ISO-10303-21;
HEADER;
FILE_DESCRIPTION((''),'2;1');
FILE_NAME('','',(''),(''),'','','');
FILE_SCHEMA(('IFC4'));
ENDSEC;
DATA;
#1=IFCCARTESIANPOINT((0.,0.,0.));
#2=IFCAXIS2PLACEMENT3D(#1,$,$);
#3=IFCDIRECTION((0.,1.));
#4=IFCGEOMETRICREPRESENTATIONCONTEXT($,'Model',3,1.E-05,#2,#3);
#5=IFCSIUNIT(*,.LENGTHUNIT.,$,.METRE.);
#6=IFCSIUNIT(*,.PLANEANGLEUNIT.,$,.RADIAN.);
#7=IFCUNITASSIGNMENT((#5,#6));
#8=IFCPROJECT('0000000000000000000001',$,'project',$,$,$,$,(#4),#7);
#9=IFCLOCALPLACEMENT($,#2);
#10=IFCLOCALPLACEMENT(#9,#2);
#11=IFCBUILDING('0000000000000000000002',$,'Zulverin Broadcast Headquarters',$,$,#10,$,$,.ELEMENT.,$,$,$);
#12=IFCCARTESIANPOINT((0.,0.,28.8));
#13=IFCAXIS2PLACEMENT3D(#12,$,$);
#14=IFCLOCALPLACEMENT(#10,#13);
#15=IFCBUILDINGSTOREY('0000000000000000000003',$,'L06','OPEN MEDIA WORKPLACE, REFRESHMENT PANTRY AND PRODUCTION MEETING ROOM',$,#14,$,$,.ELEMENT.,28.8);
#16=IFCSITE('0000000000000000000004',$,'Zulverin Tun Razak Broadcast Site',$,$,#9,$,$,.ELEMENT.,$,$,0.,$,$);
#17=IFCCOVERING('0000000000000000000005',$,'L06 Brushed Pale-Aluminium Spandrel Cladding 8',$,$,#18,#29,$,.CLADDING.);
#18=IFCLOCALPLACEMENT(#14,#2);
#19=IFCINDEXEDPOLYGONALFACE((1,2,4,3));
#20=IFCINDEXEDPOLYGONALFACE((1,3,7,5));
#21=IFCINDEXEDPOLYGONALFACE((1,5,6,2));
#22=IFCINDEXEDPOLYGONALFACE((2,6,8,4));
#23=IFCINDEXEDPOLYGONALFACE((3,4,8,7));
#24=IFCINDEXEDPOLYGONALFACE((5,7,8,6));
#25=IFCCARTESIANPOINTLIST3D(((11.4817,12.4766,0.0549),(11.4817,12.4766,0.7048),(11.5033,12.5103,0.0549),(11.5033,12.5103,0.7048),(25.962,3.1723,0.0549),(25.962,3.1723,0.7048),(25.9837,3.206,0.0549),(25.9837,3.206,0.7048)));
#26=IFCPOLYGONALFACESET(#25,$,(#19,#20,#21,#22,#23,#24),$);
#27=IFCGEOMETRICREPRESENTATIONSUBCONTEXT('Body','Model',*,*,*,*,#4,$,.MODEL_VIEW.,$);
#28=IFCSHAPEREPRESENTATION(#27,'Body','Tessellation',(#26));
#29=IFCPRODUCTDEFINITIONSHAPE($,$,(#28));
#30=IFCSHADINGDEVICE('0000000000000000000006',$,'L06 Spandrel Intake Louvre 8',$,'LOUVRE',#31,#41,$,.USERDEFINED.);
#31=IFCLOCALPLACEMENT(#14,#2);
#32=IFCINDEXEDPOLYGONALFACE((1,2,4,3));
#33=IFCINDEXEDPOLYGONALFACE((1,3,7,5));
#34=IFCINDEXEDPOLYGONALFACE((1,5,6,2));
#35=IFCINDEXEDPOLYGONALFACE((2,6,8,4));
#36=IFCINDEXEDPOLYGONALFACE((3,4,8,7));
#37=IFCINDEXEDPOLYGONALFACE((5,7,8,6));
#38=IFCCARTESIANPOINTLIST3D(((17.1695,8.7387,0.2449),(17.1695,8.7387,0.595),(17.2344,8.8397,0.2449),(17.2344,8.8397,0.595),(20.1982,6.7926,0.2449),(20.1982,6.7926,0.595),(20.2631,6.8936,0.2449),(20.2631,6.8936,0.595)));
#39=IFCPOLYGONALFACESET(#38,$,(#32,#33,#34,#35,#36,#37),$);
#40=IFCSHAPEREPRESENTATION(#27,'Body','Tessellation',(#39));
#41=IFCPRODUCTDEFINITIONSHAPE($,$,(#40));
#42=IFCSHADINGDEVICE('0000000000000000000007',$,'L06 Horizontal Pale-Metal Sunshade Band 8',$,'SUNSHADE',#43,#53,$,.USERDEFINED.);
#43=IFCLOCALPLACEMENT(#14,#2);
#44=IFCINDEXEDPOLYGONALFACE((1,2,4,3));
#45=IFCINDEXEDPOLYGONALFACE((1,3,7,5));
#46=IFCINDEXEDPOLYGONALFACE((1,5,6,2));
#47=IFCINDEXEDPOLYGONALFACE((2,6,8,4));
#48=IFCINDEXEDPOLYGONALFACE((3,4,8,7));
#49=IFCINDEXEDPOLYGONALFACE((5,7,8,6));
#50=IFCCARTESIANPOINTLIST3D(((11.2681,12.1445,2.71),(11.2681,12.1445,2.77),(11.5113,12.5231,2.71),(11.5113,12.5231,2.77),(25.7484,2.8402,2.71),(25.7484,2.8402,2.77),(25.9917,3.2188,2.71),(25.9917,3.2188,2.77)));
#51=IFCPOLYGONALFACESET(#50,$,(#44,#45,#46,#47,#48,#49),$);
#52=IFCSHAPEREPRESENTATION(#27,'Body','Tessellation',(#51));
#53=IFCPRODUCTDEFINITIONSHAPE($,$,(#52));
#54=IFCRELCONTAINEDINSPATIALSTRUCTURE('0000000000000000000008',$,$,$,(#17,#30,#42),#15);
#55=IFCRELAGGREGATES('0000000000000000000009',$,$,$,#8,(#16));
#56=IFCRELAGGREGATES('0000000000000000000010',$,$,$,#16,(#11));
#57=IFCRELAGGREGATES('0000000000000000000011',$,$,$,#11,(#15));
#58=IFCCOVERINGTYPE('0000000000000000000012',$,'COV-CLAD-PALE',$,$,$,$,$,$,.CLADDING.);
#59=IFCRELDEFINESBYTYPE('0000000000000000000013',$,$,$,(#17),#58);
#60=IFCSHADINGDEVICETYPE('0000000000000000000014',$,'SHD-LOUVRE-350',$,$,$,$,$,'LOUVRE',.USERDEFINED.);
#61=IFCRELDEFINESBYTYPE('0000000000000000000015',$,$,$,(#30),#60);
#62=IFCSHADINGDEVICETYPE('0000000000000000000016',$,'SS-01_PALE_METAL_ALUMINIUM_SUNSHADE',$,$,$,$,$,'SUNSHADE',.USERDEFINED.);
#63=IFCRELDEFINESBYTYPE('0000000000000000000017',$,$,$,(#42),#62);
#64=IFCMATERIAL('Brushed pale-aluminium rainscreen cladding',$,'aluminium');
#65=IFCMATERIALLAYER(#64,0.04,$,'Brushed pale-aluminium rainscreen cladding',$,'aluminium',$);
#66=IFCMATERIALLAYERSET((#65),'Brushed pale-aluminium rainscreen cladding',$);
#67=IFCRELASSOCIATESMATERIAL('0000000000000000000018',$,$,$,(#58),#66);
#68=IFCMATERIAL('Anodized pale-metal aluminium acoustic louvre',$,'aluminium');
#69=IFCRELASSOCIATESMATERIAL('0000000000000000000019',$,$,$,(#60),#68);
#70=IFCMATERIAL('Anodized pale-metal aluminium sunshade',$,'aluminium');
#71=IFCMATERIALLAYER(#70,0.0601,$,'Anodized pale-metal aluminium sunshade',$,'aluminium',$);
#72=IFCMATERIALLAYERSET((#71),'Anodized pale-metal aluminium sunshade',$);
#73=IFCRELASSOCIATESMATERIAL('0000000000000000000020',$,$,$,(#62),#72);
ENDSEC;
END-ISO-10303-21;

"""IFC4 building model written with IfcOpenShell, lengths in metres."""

from ifc_helpers import new_model, si_unit, direction, frame, origin, origin_2d, place, context, subcontext, project, spatial, rectangle, extrude, material, layer, layer_set, type_object, element, save


model = new_model("IFC4")

# Units and contexts
model_context = context("Model", 3, precision=1e-05, world=origin(), true_north=direction((0.0, 1.0)))
body_context = subcontext(model_context, "Body", "Model", "MODEL_VIEW")
ifc_project = project(units=[si_unit("LENGTHUNIT", "METRE"), si_unit("PLANEANGLEUNIT", "RADIAN")], contexts=[model_context])

# Site, building, storey
site_placement = place(None, origin())
site = spatial("IfcSite", under=ifc_project, at=site_placement, Name="Zulverin Tun Razak Broadcast Site", CompositionType="ELEMENT", RefElevation=0.0)
building_placement = place(site_placement, origin())
building = spatial("IfcBuilding", under=site, at=building_placement, Name="Zulverin Broadcast Headquarters", CompositionType="ELEMENT")
storey_placement = place(building_placement, frame((0.0, 0.0, 28.8)))
storey = spatial("IfcBuildingStorey", under=building, at=storey_placement, Name="L06", Description="OPEN MEDIA WORKPLACE, REFRESHMENT PANTRY AND PRODUCTION MEETING ROOM", CompositionType="ELEMENT", Elevation=28.8)

# Covering
ifc_material_1 = material(Name="Brushed pale-aluminium rainscreen cladding", Category="aluminium")
ifc_layer_1 = layer(ifc_material_1, 0.04, Name="Brushed pale-aluminium rainscreen cladding", Category="aluminium")
ifc_layer_set_1 = layer_set([ifc_layer_1], Name="Brushed pale-aluminium rainscreen cladding")
covering_type = type_object("IfcCoveringType", Name="COV-CLAD-PALE", PredefinedType="CLADDING", material=ifc_layer_set_1)
covering_placement = place(storey_placement, frame((18.7327, 7.8413, 0.0549), z_axis=(0.0, 0.0, 1.0), x_axis=(0.841297, -0.540574, 0.0)))
element("IfcCovering", 1, at=covering_placement, inside=storey, type_object=covering_type, Name="L06 Brushed Pale-Aluminium Spandrel Cladding 8", PredefinedType="CLADDING", context=body_context, shape_type="SweptSolid", body=[
    extrude(rectangle(XDim=17.2119, YDim=0.04, at=origin_2d()), origin(), (0.0, 0.0, 1.0), 0.6499),
])

# Shading devices
ifc_material_2 = material(Name="Anodized pale-metal aluminium acoustic louvre", Category="aluminium")
shading_device_type_1 = type_object("IfcShadingDeviceType", Name="SHD-LOUVRE-350", ElementType="LOUVRE", PredefinedType="USERDEFINED", material=ifc_material_2)
shading_device_1_placement = place(storey_placement, frame((18.7163, 7.8162, 0.2449), z_axis=(0.0, 0.0, 1.0), x_axis=(0.841297, -0.540574, 0.0)))
element("IfcShadingDevice", 2, at=shading_device_1_placement, inside=storey, type_object=shading_device_type_1, Name="L06 Spandrel Intake Louvre 8", ObjectType="LOUVRE", PredefinedType="USERDEFINED", context=body_context, shape_type="SweptSolid", body=[
    extrude(rectangle(XDim=3.6001, YDim=0.1201, at=origin_2d()), origin(), (0.0, 0.0, 1.0), 0.3501),
])
ifc_material_3 = material(Name="Anodized pale-metal aluminium sunshade", Category="aluminium")
ifc_layer_2 = layer(ifc_material_3, 0.0601, Name="Anodized pale-metal aluminium sunshade", Category="aluminium")
ifc_layer_set_2 = layer_set([ifc_layer_2], Name="Anodized pale-metal aluminium sunshade")
shading_device_type_2 = type_object("IfcShadingDeviceType", Name="SS-01_PALE_METAL_ALUMINIUM_SUNSHADE", ElementType="SUNSHADE", PredefinedType="USERDEFINED", material=ifc_layer_set_2)
shading_device_2_placement = place(storey_placement, frame((18.6299, 7.6816, 2.71), z_axis=(0.0, 0.0, 1.0), x_axis=(0.841297, -0.540574, 0.0)))
element("IfcShadingDevice", 3, at=shading_device_2_placement, inside=storey, type_object=shading_device_type_2, Name="L06 Horizontal Pale-Metal Sunshade Band 8", ObjectType="SUNSHADE", PredefinedType="USERDEFINED", context=body_context, shape_type="SweptSolid", body=[
    extrude(rectangle(XDim=17.2119, YDim=0.45, at=origin_2d()), origin(), (0.0, 0.0, 1.0), 0.0601),
])

save(model, "model.ifc")
